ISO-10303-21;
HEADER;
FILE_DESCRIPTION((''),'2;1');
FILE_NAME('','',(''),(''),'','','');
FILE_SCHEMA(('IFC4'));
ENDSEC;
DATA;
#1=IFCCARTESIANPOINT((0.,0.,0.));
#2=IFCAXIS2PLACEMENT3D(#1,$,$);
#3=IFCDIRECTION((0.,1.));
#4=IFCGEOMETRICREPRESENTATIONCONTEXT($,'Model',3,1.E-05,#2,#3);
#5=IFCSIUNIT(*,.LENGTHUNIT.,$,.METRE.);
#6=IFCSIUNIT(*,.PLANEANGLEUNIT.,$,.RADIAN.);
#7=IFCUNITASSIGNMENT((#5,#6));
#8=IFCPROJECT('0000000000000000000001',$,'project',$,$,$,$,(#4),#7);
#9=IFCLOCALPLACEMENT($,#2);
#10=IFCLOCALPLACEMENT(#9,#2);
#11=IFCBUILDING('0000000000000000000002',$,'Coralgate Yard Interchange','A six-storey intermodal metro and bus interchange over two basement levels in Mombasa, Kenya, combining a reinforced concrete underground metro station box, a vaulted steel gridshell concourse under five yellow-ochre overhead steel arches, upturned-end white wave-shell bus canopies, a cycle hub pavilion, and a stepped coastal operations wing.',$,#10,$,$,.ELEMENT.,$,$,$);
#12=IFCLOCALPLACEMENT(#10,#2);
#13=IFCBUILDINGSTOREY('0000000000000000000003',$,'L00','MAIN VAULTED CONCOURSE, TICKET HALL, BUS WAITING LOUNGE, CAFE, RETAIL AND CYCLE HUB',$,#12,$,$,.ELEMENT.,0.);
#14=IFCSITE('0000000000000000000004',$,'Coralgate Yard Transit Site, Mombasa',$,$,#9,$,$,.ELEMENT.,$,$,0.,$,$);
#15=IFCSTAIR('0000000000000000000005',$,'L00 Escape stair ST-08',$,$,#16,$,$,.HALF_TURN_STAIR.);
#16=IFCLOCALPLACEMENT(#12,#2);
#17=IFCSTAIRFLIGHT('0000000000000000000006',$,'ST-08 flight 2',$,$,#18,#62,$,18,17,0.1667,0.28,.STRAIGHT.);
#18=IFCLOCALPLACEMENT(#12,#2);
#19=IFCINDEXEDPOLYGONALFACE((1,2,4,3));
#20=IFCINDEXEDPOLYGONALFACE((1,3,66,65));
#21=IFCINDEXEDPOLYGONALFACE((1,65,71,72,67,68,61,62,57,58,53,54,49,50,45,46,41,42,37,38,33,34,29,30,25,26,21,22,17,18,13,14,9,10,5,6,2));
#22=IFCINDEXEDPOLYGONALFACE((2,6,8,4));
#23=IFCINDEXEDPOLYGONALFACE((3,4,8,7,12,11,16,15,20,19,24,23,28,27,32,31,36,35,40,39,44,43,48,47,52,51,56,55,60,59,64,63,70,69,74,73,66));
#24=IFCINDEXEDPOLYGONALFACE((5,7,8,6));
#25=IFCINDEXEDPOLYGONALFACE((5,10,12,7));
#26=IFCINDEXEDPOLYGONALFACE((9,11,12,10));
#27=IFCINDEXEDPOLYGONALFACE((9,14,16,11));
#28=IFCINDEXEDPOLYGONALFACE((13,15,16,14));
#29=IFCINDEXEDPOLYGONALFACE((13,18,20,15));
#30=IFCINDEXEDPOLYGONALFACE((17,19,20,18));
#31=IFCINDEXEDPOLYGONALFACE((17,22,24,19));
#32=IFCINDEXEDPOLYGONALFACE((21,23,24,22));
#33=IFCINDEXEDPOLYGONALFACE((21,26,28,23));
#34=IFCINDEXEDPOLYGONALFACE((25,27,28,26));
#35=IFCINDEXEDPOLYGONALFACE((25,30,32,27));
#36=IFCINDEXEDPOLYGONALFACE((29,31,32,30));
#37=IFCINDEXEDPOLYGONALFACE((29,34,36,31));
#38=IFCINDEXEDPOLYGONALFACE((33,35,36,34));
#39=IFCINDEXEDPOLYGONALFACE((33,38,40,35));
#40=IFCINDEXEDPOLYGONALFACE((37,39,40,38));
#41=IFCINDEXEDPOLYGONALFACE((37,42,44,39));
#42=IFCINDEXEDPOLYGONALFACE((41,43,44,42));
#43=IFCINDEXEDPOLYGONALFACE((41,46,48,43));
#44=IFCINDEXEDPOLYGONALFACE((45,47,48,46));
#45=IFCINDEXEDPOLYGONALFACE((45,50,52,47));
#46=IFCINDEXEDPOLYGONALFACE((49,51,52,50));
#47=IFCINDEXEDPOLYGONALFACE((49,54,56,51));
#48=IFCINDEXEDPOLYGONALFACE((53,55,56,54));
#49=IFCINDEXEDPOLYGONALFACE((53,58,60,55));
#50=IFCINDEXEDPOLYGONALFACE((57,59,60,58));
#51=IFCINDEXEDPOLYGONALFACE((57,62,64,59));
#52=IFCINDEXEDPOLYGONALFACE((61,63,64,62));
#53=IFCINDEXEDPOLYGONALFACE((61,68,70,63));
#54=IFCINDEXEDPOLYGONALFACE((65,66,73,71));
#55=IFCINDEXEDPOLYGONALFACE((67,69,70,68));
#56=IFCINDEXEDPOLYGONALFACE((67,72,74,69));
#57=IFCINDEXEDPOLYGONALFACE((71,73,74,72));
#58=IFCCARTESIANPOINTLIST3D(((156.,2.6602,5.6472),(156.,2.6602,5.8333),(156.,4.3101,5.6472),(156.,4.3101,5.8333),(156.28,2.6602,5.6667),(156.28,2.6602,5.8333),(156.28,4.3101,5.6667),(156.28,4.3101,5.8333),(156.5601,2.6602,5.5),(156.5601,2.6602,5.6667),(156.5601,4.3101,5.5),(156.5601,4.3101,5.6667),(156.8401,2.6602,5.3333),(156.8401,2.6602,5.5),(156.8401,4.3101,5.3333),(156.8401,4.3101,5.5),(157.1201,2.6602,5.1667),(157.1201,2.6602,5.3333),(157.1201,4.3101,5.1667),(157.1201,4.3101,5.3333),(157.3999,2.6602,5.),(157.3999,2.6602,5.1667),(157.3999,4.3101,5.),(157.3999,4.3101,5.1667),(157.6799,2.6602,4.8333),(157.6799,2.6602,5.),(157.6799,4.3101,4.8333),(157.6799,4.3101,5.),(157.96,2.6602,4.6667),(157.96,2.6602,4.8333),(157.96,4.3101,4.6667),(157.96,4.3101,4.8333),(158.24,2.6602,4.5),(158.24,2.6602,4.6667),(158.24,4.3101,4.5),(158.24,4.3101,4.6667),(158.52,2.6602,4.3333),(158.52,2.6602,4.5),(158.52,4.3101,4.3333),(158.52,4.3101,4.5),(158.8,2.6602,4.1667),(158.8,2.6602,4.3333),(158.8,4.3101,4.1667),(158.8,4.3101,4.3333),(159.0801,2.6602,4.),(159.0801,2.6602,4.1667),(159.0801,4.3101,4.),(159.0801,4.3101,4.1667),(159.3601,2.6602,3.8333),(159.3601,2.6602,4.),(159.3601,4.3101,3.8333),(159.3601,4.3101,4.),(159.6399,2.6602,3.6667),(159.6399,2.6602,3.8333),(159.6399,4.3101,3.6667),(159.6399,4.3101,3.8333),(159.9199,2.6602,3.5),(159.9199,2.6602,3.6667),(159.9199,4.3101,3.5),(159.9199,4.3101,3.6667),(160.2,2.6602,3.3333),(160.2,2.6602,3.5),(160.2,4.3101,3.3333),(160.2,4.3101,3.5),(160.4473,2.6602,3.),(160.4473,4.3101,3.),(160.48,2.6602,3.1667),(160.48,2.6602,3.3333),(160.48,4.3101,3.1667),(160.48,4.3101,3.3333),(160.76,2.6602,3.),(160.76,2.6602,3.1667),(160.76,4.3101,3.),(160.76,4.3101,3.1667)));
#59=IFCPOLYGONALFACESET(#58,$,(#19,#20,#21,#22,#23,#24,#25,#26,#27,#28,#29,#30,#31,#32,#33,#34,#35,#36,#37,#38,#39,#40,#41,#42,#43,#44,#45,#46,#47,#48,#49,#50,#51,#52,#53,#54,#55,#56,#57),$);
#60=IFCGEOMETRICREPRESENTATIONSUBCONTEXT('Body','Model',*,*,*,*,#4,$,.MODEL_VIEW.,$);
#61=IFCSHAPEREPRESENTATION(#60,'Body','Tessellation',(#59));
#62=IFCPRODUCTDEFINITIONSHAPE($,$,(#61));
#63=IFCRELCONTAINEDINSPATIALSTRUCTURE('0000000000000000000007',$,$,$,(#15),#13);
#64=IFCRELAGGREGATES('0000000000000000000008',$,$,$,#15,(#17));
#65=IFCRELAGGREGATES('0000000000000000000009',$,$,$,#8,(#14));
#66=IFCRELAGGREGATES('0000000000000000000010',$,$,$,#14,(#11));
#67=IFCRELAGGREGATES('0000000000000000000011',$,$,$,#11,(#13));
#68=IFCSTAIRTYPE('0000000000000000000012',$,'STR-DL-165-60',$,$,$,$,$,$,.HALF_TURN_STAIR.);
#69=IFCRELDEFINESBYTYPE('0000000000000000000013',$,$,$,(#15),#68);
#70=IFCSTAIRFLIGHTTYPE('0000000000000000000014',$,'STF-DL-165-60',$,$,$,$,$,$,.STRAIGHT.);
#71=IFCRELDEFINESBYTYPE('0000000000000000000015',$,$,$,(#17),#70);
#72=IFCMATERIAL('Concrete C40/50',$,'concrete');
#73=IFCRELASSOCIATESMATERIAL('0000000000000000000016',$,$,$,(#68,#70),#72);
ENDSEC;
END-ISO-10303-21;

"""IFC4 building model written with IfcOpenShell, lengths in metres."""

from ifc_helpers import new_model, si_unit, direction, frame, origin, place, context, subcontext, project, spatial, polyline, outline, extrude, material, type_object, element, aggregate, save


model = new_model("IFC4")

# Units and contexts
model_context = context("Model", 3, precision=1e-05, world=origin(), true_north=direction((0.0, 1.0)))
body_context = subcontext(model_context, "Body", "Model", "MODEL_VIEW")
ifc_project = project(units=[si_unit("LENGTHUNIT", "METRE"), si_unit("PLANEANGLEUNIT", "RADIAN")], contexts=[model_context])

# Site, building, storey
site_placement = place(None, origin())
site = spatial("IfcSite", under=ifc_project, at=site_placement, Name="Coralgate Yard Transit Site, Mombasa", CompositionType="ELEMENT", RefElevation=0.0)
building_placement = place(site_placement, origin())
building = spatial("IfcBuilding", under=site, at=building_placement, Name="Coralgate Yard Interchange", Description="A six-storey intermodal metro and bus interchange over two basement levels in Mombasa, Kenya, combining a reinforced concrete underground metro station box, a vaulted steel gridshell concourse under five yellow-ochre overhead steel arches, upturned-end white wave-shell bus canopies, a cycle hub pavilion, and a stepped coastal operations wing.", CompositionType="ELEMENT")
storey_placement = place(building_placement, origin())
storey = spatial("IfcBuildingStorey", under=building, at=storey_placement, Name="L00", Description="MAIN VAULTED CONCOURSE, TICKET HALL, BUS WAITING LOUNGE, CAFE, RETAIL AND CYCLE HUB", CompositionType="ELEMENT", Elevation=0.0)

# Shared definitions
ifc_material_1 = material(Name="Concrete C40/50", Category="concrete")

# Stair, stair flight
stair_type = type_object("IfcStairType", Name="STR-DL-165-60", PredefinedType="HALF_TURN_STAIR", material=ifc_material_1)
stair_placement = place(storey_placement, origin())
stair = element("IfcStair", 1, at=stair_placement, inside=storey, type_object=stair_type, Name="L00 Escape stair ST-08", PredefinedType="HALF_TURN_STAIR")
stair_flight_type = type_object("IfcStairFlightType", Name="STF-DL-165-60", PredefinedType="STRAIGHT", material=ifc_material_1)
stair_flight_1_placement = place(storey_placement, frame((160.76, 3.4851, 3.0), z_axis=(0.0, 0.0, 1.0), x_axis=(-1.0, 0.0, 0.0)))
stair_flight_1 = element("IfcStairFlight", 2, at=stair_flight_1_placement, type_object=stair_flight_type, Name="ST-08 flight 2", NumberOfRisers=18, NumberOfTreads=17, PredefinedType="STRAIGHT", RiserHeight=0.1667, TreadLength=0.28, context=body_context, shape_type="SweptSolid", body=[
    extrude(outline(polyline([(0.0, 0.0), (0.0, 0.1667), (0.28, 0.1667), (0.28, 0.3333), (0.5601, 0.3333), (0.5601, 0.5), (0.8401, 0.5), (0.8401, 0.6667), (1.1201, 0.6667), (1.1201, 0.8333), (1.3999, 0.8333), (1.3999, 1.0), (1.6799, 1.0), (1.6799, 1.1667), (1.96, 1.1667), (1.96, 1.3333), (2.24, 1.3333), (2.24, 1.5), (2.52, 1.5), (2.52, 1.6667), (2.8, 1.6667), (2.8, 1.8333), (3.0801, 1.8333), (3.0801, 2.0), (3.3601, 2.0), (3.3601, 2.1667), (3.6399, 2.1667), (3.6399, 2.3333), (3.9199, 2.3333), (3.9199, 2.5), (4.2, 2.5), (4.2, 2.6667), (4.48, 2.6667), (4.48, 2.8333), (4.76, 2.8333), (4.76, 3.0), (4.76, 2.6472), (0.3127, 0.0), (0.0, 0.0)])), frame((0.0, 0.825, 0.0), z_axis=(0.0, -1.0, 0.0), x_axis=(1.0, 0.0, 0.0)), (0.0, 0.0, 1.0), 1.6499),
])
aggregate(stair, [stair_flight_1])

save(model, "model.ifc")
